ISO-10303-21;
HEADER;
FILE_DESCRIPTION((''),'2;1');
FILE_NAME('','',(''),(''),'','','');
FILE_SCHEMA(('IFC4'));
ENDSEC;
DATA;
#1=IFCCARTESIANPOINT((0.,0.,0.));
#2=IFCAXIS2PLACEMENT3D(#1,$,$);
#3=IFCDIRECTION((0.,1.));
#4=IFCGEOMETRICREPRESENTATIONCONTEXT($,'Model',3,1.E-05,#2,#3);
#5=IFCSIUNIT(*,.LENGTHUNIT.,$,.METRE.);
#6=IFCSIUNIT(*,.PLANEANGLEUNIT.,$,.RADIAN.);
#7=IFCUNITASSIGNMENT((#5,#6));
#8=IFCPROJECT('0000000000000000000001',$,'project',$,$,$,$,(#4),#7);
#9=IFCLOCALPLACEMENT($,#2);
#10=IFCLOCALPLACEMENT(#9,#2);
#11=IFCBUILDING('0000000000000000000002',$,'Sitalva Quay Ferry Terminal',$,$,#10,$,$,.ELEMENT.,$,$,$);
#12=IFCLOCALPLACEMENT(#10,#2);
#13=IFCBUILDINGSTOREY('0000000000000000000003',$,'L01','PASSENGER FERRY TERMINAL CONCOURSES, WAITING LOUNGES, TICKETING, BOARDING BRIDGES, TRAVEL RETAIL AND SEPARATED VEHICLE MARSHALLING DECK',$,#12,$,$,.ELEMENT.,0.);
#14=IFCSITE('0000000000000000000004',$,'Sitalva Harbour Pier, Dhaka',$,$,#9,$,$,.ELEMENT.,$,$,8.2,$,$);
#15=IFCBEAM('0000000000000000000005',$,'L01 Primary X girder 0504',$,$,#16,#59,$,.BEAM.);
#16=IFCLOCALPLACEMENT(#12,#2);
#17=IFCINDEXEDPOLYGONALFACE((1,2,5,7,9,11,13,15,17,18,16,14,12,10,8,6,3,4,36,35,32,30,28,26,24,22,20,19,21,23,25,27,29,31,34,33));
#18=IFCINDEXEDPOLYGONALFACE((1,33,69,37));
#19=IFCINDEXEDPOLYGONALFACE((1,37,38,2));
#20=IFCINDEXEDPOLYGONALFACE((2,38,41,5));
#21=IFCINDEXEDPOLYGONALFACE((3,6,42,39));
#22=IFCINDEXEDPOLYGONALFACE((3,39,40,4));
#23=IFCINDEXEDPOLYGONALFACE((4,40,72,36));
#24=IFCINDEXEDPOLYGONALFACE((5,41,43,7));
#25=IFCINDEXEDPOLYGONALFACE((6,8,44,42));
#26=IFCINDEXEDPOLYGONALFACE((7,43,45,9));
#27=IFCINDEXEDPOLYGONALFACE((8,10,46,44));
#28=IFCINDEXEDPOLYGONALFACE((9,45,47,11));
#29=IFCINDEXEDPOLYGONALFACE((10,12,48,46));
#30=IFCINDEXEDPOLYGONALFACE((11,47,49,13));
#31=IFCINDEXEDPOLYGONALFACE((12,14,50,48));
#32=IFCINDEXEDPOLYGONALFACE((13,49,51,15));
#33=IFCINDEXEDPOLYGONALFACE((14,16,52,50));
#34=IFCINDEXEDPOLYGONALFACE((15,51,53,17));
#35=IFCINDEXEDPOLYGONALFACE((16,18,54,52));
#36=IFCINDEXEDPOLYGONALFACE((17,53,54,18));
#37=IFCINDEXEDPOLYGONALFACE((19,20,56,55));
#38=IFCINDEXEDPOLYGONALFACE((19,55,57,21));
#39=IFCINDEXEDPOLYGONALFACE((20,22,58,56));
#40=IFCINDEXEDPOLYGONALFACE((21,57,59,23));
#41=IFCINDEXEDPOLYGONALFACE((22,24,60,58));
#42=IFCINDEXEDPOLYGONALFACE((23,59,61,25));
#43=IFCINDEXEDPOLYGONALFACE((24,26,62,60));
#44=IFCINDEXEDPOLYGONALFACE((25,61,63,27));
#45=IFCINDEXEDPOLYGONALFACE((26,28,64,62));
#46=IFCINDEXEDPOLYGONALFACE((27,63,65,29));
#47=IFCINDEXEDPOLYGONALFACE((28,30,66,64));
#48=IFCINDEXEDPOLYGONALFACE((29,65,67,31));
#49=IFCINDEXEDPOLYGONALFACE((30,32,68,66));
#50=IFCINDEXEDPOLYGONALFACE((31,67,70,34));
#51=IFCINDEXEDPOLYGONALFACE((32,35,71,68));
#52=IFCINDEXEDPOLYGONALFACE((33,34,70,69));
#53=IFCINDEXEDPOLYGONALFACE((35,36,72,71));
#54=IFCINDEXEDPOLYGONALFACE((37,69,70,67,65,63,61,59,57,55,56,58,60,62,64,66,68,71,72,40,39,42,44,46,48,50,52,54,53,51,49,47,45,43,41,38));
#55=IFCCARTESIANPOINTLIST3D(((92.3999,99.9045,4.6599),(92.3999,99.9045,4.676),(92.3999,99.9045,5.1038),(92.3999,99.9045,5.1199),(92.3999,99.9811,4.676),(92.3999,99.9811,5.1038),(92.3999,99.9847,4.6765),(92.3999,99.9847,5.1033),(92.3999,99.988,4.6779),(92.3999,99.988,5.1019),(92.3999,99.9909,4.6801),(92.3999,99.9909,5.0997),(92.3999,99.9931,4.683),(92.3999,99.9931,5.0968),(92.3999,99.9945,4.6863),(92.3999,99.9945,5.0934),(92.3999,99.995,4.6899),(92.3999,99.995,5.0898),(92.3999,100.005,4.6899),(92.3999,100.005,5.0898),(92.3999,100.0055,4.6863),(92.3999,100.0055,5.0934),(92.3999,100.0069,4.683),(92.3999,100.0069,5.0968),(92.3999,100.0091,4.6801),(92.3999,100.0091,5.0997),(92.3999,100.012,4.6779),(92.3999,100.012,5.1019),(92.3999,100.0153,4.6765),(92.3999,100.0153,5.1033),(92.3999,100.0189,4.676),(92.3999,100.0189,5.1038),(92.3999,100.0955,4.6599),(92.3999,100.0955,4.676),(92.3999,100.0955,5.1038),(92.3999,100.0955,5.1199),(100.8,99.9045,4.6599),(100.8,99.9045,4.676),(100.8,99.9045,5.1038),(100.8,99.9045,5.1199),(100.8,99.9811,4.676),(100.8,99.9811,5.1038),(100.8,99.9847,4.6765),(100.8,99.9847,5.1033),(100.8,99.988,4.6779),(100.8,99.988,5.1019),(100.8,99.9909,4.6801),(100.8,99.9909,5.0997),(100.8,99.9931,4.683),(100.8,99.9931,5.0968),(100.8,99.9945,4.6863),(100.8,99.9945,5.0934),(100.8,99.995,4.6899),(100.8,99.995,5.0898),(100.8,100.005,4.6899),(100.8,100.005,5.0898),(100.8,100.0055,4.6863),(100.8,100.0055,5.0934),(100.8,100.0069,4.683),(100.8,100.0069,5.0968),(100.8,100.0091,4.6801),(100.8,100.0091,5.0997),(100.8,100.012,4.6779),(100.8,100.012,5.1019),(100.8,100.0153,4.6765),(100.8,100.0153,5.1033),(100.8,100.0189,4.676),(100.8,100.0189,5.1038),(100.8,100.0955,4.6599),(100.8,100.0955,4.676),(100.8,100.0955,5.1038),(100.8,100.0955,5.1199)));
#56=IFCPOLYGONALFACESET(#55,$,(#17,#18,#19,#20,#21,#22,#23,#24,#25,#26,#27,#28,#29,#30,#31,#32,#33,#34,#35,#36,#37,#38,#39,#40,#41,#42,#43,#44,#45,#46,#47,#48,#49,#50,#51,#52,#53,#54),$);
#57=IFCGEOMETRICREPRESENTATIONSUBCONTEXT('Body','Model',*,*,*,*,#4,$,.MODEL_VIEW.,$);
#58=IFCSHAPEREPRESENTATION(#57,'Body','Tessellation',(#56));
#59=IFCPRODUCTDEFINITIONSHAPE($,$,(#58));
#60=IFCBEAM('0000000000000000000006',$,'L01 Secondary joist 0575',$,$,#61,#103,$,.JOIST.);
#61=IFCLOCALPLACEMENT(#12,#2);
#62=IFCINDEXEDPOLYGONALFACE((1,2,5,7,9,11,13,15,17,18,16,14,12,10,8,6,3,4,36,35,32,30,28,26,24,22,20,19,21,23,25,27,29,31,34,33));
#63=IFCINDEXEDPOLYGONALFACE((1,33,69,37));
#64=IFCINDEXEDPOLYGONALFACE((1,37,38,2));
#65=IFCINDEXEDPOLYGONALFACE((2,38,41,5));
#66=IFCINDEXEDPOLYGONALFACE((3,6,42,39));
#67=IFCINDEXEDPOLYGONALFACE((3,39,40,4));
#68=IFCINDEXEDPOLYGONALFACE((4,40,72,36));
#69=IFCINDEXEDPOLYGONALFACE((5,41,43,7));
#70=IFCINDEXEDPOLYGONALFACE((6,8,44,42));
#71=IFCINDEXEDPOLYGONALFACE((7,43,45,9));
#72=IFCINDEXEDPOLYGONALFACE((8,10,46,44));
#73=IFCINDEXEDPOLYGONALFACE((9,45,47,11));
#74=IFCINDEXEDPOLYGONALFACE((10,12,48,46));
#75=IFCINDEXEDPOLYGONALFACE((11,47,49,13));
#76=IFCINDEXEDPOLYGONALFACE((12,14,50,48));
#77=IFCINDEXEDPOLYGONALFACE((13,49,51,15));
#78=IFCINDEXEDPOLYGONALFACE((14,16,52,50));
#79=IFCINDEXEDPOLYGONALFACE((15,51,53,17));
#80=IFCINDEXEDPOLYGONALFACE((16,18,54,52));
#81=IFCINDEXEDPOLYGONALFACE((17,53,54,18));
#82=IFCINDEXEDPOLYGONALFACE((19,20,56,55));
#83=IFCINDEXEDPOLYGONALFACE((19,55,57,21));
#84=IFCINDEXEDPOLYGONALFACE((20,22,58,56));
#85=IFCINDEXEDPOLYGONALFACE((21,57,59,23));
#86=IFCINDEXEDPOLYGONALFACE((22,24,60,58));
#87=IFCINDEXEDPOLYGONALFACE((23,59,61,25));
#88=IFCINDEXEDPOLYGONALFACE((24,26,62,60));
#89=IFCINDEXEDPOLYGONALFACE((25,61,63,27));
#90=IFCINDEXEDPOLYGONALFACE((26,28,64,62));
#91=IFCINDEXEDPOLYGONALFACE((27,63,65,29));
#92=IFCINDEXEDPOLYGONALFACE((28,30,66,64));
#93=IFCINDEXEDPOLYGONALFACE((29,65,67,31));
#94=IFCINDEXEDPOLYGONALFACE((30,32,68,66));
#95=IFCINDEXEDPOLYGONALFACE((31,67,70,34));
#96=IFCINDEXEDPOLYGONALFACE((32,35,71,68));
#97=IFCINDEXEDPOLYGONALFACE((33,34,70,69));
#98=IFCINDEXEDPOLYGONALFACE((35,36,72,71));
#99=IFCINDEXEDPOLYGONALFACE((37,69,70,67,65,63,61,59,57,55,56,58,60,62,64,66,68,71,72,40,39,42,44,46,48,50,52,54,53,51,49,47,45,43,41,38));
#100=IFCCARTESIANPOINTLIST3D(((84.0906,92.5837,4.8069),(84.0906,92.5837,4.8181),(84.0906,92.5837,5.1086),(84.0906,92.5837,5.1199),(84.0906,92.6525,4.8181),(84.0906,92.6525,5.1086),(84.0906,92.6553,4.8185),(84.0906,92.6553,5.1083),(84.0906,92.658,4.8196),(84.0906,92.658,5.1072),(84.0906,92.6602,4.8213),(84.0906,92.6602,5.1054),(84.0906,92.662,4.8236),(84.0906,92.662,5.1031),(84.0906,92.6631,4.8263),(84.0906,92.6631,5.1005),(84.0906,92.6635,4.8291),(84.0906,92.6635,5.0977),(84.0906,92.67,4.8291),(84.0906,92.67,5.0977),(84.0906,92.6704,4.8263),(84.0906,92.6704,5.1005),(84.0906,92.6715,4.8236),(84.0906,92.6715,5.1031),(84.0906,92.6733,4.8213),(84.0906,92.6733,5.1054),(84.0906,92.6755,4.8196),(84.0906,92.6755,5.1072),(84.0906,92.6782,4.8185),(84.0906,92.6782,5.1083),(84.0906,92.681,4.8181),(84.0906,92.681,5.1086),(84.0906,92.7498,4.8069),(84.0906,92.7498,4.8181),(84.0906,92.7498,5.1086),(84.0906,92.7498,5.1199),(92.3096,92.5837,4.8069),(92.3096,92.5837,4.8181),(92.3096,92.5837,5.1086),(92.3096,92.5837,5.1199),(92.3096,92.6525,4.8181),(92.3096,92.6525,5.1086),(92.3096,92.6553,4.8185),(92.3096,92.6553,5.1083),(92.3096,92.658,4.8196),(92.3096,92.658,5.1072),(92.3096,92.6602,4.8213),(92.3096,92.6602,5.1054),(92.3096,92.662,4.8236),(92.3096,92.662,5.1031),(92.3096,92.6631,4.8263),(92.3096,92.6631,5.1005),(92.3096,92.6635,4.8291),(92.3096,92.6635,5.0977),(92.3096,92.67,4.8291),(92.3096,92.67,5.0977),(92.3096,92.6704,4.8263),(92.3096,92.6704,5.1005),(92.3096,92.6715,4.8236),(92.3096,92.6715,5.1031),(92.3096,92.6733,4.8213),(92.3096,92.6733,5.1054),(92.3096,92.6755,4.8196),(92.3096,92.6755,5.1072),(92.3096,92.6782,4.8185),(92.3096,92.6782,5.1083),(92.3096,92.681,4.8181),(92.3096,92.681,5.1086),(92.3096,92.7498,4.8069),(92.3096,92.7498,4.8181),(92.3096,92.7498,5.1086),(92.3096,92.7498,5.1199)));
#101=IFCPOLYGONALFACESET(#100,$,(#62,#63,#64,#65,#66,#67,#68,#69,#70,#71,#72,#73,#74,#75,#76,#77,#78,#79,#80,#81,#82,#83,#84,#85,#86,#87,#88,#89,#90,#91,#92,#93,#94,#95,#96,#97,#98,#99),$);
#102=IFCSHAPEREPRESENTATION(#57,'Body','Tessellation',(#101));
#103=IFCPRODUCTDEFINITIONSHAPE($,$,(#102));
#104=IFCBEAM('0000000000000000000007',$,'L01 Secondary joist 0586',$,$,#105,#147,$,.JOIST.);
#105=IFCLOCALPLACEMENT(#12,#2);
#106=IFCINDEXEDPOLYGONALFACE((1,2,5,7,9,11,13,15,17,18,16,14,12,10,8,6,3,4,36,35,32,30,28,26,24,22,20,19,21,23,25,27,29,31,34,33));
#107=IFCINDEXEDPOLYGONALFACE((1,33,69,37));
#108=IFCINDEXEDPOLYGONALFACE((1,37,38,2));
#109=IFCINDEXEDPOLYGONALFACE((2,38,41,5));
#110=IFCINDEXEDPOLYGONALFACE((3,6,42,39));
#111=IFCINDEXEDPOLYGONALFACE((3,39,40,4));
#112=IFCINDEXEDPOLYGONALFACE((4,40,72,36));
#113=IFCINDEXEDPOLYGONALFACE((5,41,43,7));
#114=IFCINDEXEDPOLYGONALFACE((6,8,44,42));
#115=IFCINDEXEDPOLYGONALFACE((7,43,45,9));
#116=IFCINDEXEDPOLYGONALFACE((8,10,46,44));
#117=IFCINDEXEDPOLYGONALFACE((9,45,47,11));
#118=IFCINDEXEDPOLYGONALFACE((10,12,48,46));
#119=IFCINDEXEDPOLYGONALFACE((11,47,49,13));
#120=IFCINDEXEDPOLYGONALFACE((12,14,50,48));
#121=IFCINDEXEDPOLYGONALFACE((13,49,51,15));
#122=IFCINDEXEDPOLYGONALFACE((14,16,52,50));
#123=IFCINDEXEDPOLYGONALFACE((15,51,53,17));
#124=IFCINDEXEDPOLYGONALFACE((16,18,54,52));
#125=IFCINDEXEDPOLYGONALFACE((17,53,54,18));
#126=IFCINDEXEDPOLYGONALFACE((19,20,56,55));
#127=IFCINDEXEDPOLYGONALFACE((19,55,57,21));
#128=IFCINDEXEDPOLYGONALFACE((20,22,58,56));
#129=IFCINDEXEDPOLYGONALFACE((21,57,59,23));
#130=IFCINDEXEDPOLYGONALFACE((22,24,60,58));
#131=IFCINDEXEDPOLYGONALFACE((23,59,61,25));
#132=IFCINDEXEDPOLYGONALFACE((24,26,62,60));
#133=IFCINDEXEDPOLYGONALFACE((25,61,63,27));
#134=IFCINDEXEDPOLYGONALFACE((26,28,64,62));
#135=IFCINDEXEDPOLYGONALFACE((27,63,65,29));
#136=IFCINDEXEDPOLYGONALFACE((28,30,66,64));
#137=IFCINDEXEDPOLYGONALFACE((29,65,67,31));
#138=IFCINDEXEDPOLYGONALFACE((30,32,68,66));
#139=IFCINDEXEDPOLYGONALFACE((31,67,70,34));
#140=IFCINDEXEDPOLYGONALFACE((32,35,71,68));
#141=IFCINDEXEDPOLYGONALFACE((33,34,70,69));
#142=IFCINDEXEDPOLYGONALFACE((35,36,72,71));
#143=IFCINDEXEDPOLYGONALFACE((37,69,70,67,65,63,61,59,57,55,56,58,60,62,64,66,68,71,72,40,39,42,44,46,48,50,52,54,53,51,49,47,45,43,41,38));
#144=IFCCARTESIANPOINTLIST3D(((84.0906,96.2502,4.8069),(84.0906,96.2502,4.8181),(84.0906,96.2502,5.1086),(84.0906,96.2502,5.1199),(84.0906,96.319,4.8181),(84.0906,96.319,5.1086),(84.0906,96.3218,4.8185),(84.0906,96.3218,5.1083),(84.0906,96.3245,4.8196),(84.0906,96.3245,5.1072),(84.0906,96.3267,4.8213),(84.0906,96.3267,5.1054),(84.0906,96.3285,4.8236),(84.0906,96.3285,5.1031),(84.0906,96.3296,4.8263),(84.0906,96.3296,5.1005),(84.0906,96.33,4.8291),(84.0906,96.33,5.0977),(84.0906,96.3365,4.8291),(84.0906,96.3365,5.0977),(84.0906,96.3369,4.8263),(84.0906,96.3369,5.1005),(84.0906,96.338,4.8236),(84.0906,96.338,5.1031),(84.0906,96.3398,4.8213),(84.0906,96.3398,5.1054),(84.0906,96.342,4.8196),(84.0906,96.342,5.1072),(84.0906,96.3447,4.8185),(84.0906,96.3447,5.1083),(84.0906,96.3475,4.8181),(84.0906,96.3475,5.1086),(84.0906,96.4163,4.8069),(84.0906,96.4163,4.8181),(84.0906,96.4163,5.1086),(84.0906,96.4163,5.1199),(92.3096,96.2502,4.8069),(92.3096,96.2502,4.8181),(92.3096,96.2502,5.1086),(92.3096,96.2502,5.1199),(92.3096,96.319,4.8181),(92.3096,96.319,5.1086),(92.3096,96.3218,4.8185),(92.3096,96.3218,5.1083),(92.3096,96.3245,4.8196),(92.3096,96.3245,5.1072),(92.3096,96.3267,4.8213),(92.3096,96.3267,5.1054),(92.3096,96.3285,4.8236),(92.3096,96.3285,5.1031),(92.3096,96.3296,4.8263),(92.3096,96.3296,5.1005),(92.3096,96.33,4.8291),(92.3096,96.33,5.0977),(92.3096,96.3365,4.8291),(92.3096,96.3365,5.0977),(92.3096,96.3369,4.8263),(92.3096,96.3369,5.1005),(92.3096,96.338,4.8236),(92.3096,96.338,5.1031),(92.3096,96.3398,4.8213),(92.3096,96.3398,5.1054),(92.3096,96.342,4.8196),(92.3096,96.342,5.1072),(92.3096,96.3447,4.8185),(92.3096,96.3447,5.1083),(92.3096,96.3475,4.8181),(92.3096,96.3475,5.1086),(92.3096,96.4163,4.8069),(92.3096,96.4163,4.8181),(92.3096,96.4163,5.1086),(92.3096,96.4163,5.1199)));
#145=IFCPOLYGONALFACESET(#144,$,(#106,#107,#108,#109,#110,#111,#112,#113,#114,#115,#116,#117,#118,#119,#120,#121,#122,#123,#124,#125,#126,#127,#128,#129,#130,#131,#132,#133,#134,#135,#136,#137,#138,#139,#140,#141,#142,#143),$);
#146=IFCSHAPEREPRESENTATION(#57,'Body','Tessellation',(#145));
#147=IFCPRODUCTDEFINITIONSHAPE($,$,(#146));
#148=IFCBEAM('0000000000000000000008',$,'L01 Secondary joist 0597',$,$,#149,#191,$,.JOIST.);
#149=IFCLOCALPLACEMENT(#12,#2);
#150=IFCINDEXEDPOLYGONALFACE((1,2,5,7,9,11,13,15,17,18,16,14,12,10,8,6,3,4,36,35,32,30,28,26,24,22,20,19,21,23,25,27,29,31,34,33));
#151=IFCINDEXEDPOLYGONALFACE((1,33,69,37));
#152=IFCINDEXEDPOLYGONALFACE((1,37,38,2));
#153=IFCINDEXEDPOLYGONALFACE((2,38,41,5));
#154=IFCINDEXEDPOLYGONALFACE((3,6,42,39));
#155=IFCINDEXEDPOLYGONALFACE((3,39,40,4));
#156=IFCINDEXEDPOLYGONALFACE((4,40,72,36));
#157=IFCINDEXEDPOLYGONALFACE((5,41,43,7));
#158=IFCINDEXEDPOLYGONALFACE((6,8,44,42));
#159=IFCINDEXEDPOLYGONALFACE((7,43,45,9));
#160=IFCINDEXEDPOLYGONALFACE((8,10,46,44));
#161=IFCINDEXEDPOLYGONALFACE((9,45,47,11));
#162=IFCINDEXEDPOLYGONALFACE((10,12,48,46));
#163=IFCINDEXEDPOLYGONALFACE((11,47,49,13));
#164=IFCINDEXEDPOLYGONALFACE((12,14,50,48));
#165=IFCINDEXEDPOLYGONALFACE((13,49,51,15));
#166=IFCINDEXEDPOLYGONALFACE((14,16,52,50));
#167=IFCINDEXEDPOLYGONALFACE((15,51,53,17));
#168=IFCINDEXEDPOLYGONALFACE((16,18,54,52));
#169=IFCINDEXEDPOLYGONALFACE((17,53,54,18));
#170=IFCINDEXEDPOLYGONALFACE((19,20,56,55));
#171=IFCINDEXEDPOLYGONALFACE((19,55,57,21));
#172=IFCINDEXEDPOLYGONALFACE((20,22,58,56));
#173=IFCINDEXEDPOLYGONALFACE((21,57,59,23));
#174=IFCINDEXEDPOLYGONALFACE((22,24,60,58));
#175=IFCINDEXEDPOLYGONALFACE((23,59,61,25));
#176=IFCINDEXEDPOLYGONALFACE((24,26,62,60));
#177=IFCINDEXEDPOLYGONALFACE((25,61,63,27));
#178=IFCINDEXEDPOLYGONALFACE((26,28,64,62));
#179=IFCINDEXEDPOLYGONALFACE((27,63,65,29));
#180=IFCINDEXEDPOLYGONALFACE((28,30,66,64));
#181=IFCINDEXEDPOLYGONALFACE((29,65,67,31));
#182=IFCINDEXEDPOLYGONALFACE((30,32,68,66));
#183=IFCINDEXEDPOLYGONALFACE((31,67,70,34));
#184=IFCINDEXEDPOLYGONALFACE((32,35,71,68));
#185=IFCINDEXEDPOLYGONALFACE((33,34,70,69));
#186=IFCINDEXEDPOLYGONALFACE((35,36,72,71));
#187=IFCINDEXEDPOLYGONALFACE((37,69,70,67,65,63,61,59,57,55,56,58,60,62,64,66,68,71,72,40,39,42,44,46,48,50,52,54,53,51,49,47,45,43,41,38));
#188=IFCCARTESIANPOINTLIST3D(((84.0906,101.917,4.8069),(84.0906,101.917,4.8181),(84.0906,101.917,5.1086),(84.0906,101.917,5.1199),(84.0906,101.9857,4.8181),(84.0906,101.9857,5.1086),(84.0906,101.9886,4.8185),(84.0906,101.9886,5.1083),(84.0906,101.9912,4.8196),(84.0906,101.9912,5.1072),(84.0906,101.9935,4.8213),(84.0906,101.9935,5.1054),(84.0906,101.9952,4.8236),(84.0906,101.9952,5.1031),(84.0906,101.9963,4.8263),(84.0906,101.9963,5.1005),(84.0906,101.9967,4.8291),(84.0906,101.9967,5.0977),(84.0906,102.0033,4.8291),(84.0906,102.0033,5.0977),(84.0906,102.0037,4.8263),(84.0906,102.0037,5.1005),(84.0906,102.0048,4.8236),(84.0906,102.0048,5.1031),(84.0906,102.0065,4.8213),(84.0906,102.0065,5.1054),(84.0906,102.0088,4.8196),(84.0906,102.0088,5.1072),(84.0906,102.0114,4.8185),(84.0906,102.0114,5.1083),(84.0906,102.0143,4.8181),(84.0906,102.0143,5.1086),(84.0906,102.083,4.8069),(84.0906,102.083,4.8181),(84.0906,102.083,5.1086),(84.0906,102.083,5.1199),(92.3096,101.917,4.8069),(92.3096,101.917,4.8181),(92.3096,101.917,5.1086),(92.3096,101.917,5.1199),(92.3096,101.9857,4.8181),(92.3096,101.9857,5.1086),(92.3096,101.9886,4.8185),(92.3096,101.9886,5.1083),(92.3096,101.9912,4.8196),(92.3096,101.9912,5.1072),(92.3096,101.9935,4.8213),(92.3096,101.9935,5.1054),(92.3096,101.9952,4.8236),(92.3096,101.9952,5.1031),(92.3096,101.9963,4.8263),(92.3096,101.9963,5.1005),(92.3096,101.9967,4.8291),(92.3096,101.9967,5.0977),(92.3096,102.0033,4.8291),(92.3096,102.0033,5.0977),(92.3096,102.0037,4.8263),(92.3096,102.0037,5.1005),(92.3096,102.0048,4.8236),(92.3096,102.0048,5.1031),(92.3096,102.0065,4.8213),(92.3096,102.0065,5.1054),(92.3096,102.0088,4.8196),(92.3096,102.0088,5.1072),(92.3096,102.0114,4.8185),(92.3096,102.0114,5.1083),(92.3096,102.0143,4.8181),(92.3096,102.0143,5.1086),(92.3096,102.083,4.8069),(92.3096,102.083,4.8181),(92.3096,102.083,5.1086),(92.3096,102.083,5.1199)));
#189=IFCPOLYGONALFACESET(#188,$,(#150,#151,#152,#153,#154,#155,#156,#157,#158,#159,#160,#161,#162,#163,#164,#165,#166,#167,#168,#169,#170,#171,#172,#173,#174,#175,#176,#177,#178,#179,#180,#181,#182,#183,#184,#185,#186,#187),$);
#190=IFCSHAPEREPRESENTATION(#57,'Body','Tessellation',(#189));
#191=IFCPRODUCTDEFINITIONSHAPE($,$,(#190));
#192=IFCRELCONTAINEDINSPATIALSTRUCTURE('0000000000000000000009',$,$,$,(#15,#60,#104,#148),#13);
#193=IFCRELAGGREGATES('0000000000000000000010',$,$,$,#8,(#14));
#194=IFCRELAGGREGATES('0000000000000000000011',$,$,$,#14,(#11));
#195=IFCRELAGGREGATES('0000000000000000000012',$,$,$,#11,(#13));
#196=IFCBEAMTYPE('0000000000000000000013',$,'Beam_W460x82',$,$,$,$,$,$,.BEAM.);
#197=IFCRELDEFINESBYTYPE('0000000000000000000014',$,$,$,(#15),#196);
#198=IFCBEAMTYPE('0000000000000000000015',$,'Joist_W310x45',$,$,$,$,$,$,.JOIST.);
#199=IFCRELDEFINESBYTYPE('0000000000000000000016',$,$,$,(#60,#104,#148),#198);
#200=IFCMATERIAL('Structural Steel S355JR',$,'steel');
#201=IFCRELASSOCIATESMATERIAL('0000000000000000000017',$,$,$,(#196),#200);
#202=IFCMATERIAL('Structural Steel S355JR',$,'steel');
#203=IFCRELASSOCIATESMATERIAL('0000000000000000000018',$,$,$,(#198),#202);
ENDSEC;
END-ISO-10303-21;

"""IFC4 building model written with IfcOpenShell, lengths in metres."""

from ifc_helpers import new_model, si_unit, direction, frame, origin, origin_2d, place, context, subcontext, project, spatial, i_section, extrude, material, material_profile, profile_set, type_object, element, save


model = new_model("IFC4")

# Units and contexts
model_context = context("Model", 3, precision=1e-05, world=origin(), true_north=direction((0.0, 1.0)))
body_context = subcontext(model_context, "Body", "Model", "MODEL_VIEW")
ifc_project = project(units=[si_unit("LENGTHUNIT", "METRE"), si_unit("PLANEANGLEUNIT", "RADIAN")], contexts=[model_context])

# Site, building, storey
site_placement = place(None, origin())
site = spatial("IfcSite", under=ifc_project, at=site_placement, Name="Sitalva Harbour Pier, Dhaka", CompositionType="ELEMENT", RefElevation=8.2)
building_placement = place(site_placement, origin())
building = spatial("IfcBuilding", under=site, at=building_placement, Name="Sitalva Quay Ferry Terminal", CompositionType="ELEMENT")
storey_placement = place(building_placement, origin())
storey = spatial("IfcBuildingStorey", under=building, at=storey_placement, Name="L01", Description="PASSENGER FERRY TERMINAL CONCOURSES, WAITING LOUNGES, TICKETING, BOARDING BRIDGES, TRAVEL RETAIL AND SEPARATED VEHICLE MARSHALLING DECK", CompositionType="ELEMENT", Elevation=0.0)

# Beams
ifc_material_1 = material(Name="Structural Steel S355JR", Category="steel")
ifc_material_profile_1 = material_profile(ifc_material_1, i_section(OverallWidth=0.1909, OverallDepth=0.46, WebThickness=0.01, FlangeThickness=0.0161, FilletRadius=0.0139, at=origin_2d()), Name="W460x82")
ifc_profile_set_1 = profile_set([ifc_material_profile_1], Name="Structural Steel S355JR")
beam_type_1 = type_object("IfcBeamType", Name="Beam_W460x82", PredefinedType="BEAM", material=ifc_profile_set_1)
for number, where, z_axis, x_axis, name in (
    (1, (92.3999, 100.0, 4.8899), (1.0, 0.0, 0.0), (0.0, 1.0, 0.0), "L01 Primary X girder 0504"),
):
    element("IfcBeam", number, at=place(storey_placement, frame(where, z_axis=z_axis, x_axis=x_axis)), inside=storey, type_object=beam_type_1, Name=name, PredefinedType="BEAM", context=body_context, shape_type="SweptSolid", body=[
        extrude(i_section(OverallWidth=0.1909, OverallDepth=0.46, WebThickness=0.01, FlangeThickness=0.0161, FilletRadius=0.0139, at=origin_2d()), origin(), (0.0, 0.0, 1.0), 8.4001),
    ])
ifc_material_2 = material(Name="Structural Steel S355JR", Category="steel")
ifc_material_profile_2 = material_profile(ifc_material_2, i_section(OverallWidth=0.166, OverallDepth=0.313, WebThickness=0.0066, FlangeThickness=0.0112, FilletRadius=0.011, at=origin_2d()), Name="W310x45")
ifc_profile_set_2 = profile_set([ifc_material_profile_2], Name="Structural Steel S355JR")
beam_type_2 = type_object("IfcBeamType", Name="Joist_W310x45", PredefinedType="JOIST", material=ifc_profile_set_2)
for number, where, z_axis, x_axis, name in (
    (2, (84.0906, 92.6667, 4.9634), (1.0, 0.0, 0.0), (0.0, 1.0, 0.0), "L01 Secondary joist 0575"),
    (3, (84.0906, 96.3333, 4.9634), (1.0, 0.0, 0.0), (0.0, 1.0, 0.0), "L01 Secondary joist 0586"),
    (4, (84.0906, 102.0, 4.9634), (1.0, 0.0, 0.0), (0.0, 1.0, 0.0), "L01 Secondary joist 0597"),
):
    element("IfcBeam", number, at=place(storey_placement, frame(where, z_axis=z_axis, x_axis=x_axis)), inside=storey, type_object=beam_type_2, Name=name, PredefinedType="JOIST", context=body_context, shape_type="SweptSolid", body=[
        extrude(i_section(OverallWidth=0.166, OverallDepth=0.313, WebThickness=0.0066, FlangeThickness=0.0112, FilletRadius=0.011, at=origin_2d()), origin(), (0.0, 0.0, 1.0), 8.219),
    ])

save(model, "model.ifc")
